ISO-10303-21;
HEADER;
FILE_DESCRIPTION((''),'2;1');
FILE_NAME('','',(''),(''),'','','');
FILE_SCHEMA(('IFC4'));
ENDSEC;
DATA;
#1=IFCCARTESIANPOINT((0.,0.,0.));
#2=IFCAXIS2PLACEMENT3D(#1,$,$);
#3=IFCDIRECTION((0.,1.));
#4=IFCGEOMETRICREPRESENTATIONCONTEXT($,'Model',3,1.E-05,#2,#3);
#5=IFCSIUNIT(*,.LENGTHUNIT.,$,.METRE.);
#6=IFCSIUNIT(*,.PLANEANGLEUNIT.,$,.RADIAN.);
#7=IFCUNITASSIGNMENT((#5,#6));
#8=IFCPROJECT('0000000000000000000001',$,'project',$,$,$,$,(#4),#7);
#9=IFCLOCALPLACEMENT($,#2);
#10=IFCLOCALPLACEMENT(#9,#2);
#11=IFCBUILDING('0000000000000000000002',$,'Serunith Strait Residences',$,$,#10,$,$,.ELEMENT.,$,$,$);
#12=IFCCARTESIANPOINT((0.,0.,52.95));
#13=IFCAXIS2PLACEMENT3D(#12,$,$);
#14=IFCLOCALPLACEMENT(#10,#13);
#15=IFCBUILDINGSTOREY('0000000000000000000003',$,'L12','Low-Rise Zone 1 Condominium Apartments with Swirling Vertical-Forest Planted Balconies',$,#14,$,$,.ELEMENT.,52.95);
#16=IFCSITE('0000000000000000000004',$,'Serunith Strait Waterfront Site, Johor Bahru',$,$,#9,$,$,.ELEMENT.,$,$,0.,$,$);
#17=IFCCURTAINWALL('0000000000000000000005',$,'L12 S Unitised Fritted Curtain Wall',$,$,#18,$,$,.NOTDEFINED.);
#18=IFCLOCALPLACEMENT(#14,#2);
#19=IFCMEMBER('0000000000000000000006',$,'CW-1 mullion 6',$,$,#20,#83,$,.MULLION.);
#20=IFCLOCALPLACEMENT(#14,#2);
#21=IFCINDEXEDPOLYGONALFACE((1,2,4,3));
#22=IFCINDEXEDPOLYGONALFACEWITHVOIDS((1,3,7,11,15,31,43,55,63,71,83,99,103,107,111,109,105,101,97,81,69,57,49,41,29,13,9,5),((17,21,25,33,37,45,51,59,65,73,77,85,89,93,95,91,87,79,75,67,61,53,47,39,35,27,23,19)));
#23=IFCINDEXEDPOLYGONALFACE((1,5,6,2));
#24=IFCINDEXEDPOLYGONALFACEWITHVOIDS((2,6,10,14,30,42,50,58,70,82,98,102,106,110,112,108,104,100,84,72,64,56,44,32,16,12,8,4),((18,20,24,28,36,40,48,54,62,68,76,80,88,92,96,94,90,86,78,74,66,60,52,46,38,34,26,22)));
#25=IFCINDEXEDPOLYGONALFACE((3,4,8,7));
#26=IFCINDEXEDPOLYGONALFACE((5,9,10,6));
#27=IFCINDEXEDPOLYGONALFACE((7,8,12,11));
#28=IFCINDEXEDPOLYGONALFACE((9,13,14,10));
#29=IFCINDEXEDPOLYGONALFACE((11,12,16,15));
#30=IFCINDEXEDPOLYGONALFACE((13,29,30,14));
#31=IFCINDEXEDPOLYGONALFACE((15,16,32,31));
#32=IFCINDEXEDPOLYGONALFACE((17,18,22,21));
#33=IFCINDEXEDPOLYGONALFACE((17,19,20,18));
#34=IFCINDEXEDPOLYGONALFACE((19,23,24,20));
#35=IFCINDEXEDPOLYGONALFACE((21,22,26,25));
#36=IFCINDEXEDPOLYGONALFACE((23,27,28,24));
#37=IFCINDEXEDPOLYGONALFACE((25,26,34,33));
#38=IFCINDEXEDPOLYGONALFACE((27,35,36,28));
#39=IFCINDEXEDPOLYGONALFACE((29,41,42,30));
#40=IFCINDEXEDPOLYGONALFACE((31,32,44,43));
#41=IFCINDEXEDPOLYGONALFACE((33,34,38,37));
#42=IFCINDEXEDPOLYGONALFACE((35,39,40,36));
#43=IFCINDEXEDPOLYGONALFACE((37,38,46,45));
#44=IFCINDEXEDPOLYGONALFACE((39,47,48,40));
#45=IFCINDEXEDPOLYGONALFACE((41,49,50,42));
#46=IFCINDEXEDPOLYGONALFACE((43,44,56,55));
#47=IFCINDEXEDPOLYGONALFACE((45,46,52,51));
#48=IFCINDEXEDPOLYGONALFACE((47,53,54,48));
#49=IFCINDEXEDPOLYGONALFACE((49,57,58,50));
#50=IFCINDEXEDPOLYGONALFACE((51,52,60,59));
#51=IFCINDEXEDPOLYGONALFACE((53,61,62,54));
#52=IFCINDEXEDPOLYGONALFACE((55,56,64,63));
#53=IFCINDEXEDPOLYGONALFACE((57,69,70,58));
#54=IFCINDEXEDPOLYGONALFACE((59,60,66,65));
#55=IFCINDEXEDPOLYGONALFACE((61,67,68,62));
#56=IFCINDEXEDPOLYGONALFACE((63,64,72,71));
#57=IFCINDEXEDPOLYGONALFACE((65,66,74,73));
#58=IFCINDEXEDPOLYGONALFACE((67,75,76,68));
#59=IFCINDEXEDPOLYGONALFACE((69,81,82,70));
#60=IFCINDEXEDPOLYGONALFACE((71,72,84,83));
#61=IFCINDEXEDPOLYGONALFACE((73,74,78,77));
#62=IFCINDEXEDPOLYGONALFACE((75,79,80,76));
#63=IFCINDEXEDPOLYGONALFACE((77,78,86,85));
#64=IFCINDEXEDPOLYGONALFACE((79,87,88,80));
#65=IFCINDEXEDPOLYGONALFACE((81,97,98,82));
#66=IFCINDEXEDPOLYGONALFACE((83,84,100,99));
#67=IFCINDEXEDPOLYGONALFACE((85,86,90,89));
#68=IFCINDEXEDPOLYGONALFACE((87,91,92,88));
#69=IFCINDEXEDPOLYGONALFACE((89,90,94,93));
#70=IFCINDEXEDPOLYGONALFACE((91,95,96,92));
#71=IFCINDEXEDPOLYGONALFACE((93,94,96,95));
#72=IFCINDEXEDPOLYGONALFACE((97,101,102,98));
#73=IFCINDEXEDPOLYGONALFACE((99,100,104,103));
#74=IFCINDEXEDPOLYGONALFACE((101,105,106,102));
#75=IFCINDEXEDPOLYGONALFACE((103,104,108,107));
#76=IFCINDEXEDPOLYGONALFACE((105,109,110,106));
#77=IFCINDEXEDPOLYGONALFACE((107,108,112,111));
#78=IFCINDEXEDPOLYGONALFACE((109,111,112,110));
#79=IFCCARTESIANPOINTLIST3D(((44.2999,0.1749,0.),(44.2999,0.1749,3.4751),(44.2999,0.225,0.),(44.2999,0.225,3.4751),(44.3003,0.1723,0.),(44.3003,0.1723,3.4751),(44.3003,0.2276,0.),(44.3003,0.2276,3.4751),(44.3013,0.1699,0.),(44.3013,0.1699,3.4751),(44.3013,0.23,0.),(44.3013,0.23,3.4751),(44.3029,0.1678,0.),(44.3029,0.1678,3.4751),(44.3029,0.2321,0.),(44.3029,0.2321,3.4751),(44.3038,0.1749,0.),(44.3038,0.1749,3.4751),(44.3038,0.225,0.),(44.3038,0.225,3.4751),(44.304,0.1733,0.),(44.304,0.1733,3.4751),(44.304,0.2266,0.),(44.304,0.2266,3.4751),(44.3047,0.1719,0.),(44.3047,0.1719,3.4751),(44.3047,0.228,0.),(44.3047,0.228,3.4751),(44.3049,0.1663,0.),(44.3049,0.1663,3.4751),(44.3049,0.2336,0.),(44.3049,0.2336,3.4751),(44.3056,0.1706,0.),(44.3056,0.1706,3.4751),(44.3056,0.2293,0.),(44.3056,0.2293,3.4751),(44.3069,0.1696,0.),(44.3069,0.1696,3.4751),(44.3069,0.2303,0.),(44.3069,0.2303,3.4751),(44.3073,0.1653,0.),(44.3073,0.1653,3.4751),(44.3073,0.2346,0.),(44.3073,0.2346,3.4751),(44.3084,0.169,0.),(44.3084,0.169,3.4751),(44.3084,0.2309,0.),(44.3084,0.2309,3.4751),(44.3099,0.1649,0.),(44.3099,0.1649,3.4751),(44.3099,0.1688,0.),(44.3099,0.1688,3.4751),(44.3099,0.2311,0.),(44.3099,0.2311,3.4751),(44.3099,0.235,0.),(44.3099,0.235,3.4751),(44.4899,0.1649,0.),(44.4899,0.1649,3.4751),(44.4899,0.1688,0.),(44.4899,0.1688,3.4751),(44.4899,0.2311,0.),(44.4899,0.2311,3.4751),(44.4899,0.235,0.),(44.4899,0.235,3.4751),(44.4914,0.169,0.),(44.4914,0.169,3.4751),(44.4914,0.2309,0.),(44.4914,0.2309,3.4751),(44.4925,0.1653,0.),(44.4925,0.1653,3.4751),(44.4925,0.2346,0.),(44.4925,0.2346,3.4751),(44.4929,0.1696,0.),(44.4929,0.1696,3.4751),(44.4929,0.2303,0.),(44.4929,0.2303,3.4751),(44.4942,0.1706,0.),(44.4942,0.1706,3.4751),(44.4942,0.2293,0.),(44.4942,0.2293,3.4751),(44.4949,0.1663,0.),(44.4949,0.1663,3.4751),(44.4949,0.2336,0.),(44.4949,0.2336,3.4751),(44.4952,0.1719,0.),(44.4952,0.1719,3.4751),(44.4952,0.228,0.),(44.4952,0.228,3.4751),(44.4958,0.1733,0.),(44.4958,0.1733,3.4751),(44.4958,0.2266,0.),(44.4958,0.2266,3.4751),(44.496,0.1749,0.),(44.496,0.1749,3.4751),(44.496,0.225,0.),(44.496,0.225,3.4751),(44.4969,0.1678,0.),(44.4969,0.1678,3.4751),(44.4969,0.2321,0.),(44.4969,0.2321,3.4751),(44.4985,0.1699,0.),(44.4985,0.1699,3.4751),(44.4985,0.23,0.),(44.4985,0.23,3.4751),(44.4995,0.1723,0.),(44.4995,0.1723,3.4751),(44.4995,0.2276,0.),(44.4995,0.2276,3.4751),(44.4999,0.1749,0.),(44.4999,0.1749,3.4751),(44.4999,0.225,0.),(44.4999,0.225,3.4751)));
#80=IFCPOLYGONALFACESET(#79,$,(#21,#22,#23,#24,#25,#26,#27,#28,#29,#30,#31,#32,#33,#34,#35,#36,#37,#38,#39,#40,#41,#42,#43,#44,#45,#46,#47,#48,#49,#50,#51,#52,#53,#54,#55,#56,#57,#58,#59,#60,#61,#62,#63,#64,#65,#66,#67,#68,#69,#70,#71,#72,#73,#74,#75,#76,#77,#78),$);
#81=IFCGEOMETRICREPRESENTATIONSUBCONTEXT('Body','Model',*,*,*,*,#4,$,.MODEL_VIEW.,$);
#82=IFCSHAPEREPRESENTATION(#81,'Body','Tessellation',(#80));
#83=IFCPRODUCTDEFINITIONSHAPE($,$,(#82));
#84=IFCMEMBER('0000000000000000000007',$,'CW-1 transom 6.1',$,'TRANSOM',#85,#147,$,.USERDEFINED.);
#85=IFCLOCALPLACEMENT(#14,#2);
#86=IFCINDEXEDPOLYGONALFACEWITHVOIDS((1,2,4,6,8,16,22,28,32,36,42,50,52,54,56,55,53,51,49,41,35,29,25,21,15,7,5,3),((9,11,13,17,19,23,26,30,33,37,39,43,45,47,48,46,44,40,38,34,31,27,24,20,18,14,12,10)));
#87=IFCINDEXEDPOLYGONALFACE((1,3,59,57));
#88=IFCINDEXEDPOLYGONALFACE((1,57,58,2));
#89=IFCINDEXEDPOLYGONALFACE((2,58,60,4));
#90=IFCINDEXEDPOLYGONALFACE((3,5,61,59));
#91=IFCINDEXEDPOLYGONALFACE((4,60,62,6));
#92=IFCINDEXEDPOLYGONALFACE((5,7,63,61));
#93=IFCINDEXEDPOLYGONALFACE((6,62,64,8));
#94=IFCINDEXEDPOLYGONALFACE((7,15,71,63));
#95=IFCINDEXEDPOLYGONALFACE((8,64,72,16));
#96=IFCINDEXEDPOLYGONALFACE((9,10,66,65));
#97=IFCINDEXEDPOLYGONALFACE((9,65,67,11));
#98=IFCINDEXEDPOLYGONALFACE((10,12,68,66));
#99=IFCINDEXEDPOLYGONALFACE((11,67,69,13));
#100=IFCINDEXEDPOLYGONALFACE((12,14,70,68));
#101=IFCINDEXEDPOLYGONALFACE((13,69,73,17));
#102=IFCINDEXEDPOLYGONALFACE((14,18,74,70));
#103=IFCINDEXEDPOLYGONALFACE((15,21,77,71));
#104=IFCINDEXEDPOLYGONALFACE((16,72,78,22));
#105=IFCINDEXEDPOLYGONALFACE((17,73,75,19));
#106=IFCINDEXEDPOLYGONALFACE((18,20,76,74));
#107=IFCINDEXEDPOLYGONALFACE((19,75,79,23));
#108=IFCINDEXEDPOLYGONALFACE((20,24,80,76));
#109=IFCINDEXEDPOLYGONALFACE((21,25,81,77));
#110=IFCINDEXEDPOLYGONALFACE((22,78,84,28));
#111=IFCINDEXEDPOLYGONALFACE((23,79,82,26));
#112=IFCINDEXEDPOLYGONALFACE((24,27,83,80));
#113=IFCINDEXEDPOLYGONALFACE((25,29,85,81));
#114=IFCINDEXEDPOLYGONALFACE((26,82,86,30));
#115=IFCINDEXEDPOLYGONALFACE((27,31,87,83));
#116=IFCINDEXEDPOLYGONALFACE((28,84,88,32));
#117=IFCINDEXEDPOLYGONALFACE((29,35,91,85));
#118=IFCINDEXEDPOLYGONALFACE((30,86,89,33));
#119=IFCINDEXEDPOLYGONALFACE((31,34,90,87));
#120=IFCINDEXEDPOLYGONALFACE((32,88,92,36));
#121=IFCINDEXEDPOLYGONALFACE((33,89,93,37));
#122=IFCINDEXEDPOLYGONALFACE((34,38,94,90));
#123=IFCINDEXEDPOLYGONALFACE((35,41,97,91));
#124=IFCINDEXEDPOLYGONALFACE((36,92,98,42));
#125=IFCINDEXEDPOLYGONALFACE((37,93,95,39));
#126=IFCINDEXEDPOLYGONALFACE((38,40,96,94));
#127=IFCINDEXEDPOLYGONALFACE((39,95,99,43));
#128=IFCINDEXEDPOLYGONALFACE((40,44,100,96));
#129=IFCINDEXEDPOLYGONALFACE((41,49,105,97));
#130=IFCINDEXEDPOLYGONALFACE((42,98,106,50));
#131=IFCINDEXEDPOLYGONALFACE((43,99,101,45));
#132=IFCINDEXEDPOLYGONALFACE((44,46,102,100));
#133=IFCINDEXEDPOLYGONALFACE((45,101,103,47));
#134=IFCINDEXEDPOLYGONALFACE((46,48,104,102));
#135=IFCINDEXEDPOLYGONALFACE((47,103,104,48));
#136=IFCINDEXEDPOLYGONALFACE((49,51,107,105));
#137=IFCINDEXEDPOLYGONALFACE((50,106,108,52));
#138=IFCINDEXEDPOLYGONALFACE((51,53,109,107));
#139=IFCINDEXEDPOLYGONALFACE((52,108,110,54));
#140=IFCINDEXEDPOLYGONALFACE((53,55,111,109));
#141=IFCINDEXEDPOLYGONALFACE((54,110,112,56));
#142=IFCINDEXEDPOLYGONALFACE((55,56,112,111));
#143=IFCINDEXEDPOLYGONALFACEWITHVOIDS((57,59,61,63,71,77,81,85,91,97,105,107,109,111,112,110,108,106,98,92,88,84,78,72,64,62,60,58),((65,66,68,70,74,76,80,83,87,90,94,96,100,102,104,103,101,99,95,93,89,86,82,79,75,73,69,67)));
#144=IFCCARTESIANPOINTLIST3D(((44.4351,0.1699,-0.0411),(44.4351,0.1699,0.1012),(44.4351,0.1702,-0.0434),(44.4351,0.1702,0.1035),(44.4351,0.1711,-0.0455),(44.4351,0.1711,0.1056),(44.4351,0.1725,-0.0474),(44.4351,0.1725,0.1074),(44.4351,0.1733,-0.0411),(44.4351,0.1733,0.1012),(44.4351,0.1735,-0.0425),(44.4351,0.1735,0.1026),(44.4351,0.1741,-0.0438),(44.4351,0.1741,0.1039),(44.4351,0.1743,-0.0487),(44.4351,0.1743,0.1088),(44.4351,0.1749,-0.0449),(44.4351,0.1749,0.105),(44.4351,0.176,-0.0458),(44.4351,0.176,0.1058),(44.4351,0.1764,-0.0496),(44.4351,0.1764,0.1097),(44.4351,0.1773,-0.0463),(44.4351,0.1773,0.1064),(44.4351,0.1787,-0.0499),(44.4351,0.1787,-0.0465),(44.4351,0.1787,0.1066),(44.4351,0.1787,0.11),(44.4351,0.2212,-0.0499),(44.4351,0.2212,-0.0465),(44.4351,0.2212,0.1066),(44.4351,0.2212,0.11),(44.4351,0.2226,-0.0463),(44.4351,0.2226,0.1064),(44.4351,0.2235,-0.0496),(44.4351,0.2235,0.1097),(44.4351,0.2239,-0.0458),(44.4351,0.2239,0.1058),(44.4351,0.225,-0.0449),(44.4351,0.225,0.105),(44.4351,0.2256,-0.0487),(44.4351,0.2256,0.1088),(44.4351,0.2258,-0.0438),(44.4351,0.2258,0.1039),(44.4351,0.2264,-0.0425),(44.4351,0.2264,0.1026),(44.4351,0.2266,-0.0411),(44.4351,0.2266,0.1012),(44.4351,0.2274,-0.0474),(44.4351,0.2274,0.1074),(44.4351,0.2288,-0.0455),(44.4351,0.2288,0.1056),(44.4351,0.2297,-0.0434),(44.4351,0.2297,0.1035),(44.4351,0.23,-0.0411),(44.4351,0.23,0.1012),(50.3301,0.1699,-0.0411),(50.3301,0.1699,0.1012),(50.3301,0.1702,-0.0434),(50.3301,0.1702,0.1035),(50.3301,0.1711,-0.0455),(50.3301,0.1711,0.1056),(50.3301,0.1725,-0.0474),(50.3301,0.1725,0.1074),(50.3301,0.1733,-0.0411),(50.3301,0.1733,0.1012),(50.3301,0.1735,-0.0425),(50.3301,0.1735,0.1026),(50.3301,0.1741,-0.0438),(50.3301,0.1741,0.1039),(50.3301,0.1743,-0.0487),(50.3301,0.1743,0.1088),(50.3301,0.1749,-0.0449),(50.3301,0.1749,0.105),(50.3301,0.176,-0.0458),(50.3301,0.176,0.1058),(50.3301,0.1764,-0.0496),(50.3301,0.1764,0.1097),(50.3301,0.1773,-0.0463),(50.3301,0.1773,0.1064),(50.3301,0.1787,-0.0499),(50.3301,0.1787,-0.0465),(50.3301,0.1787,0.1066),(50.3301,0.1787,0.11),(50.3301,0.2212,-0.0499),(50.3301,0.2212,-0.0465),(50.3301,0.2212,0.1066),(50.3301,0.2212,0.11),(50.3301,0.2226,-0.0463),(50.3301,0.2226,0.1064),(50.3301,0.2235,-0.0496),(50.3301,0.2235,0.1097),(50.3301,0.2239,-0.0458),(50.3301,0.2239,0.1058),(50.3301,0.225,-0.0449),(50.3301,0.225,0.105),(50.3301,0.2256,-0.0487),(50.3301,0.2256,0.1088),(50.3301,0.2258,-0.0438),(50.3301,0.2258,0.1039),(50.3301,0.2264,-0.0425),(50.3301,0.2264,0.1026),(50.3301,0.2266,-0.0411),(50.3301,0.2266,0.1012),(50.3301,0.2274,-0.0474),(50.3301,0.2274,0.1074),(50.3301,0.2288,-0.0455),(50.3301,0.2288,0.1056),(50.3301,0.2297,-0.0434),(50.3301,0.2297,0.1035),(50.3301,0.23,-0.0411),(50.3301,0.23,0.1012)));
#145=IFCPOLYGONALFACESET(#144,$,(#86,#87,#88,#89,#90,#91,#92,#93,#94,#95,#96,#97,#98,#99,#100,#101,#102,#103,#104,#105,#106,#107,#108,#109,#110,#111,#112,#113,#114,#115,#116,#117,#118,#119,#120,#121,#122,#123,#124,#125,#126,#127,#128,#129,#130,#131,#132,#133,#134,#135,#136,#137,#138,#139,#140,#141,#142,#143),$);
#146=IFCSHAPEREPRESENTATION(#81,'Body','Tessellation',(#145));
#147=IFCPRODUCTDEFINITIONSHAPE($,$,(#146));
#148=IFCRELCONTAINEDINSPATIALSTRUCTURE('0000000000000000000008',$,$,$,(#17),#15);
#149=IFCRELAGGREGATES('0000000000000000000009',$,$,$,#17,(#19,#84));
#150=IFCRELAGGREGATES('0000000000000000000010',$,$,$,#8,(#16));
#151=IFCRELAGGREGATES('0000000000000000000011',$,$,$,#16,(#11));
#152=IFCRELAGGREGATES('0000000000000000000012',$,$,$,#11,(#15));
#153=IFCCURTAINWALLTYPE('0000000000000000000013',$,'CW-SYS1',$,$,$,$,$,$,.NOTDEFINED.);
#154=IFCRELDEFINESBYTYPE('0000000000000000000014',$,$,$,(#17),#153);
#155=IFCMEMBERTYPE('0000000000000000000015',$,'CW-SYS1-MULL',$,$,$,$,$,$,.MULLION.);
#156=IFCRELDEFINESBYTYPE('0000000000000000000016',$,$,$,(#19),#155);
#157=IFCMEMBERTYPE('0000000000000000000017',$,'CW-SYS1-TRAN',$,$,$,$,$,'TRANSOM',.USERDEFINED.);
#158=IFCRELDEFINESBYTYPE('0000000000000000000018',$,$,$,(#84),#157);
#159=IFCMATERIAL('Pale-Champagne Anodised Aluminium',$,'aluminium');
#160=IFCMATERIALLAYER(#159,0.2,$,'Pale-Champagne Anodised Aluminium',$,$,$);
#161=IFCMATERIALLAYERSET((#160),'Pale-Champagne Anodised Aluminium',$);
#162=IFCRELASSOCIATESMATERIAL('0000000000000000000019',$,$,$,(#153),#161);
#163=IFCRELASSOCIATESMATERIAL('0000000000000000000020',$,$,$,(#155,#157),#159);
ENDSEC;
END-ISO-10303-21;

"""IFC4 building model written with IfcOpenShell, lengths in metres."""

from ifc_helpers import new_model, si_unit, direction, frame, origin, origin_2d, place, context, subcontext, project, spatial, hollow_rectangle, extrude, source, transform, mapped, material, layer, layer_set, material_profile, profile_set, type_object, element, aggregate, save


model = new_model("IFC4")

# Units and contexts
model_context = context("Model", 3, precision=1e-05, world=origin(), true_north=direction((0.0, 1.0)))
body_context = subcontext(model_context, "Body", "Model", "MODEL_VIEW")
ifc_project = project(units=[si_unit("LENGTHUNIT", "METRE"), si_unit("PLANEANGLEUNIT", "RADIAN")], contexts=[model_context])

# Site, building, storey
site_placement = place(None, origin())
site = spatial("IfcSite", under=ifc_project, at=site_placement, Name="Serunith Strait Waterfront Site, Johor Bahru", CompositionType="ELEMENT", RefElevation=0.0)
building_placement = place(site_placement, origin())
building = spatial("IfcBuilding", under=site, at=building_placement, Name="Serunith Strait Residences", CompositionType="ELEMENT")
storey_placement = place(building_placement, frame((0.0, 0.0, 52.95)))
storey = spatial("IfcBuildingStorey", under=building, at=storey_placement, Name="L12", Description="Low-Rise Zone 1 Condominium Apartments with Swirling Vertical-Forest Planted Balconies", CompositionType="ELEMENT", Elevation=52.95)

# Curtain wall, members
ifc_material_1 = material(Name="Pale-Champagne Anodised Aluminium", Category="aluminium")
ifc_layer_1 = layer(ifc_material_1, 0.2, Name="Pale-Champagne Anodised Aluminium")
ifc_layer_set_1 = layer_set([ifc_layer_1], Name="Pale-Champagne Anodised Aluminium")
curtain_wall_type = type_object("IfcCurtainWallType", Name="CW-SYS1", PredefinedType="NOTDEFINED", material=ifc_layer_set_1)
curtain_wall_placement = place(storey_placement, origin())
curtain_wall = element("IfcCurtainWall", 1, at=curtain_wall_placement, inside=storey, type_object=curtain_wall_type, Name="L12 S Unitised Fritted Curtain Wall", PredefinedType="NOTDEFINED")
ifc_material_profile_1 = material_profile(ifc_material_1, hollow_rectangle(XDim=0.0701, YDim=0.2, WallThickness=0.0039, InnerFilletRadius=0.0061, OuterFilletRadius=0.01, at=origin_2d()), Name="ALU 200x70x4")
ifc_profile_set_1 = profile_set([ifc_material_profile_1], Name="Pale-Champagne Anodised Aluminium")
member_type_1 = type_object("IfcMemberType", Name="CW-SYS1-MULL", PredefinedType="MULLION", material=ifc_profile_set_1)
shared_shape_1 = source(origin(), body_context, "Body", "SweptSolid", [
    extrude(hollow_rectangle(XDim=0.0701, YDim=0.2, WallThickness=0.0039, InnerFilletRadius=0.0061, OuterFilletRadius=0.01, at=origin_2d()), origin(), (0.0, 0.0, 1.0), 3.4751),
])
member_1_placement = place(storey_placement, frame((44.3999, 0.2, 0.0), z_axis=(0.0, 0.0, 1.0), x_axis=(0.0, 1.0, 0.0)))
member_1 = element("IfcMember", 2, at=member_1_placement, type_object=member_type_1, Name="CW-1 mullion 6", PredefinedType="MULLION", context=body_context, shape_type="MappedRepresentation", body=[
    mapped(shared_shape_1, transform((0.0, 0.0, 0.0), scale=1.0)),
])
ifc_material_profile_2 = material_profile(ifc_material_1, hollow_rectangle(XDim=0.0601, YDim=0.1599, WallThickness=0.0034, InnerFilletRadius=0.0054, OuterFilletRadius=0.0088, at=origin_2d()), Name="ALU 160x60x3.5")
ifc_profile_set_2 = profile_set([ifc_material_profile_2], Name="Pale-Champagne Anodised Aluminium")
member_type_2 = type_object("IfcMemberType", Name="CW-SYS1-TRAN", ElementType="TRANSOM", PredefinedType="USERDEFINED", material=ifc_profile_set_2)
shared_shape_2 = source(origin(), body_context, "Body", "SweptSolid", [
    extrude(hollow_rectangle(XDim=0.0601, YDim=0.1599, WallThickness=0.0034, InnerFilletRadius=0.0054, OuterFilletRadius=0.0088, at=origin_2d()), origin(), (0.0, 0.0, 1.0), 5.895),
])
member_2_placement = place(storey_placement, frame((44.4351, 0.2, 0.03), z_axis=(1.0, 0.0, 0.0), x_axis=(0.0, 1.0, 0.0)))
member_2 = element("IfcMember", 3, at=member_2_placement, type_object=member_type_2, Name="CW-1 transom 6.1", ObjectType="TRANSOM", PredefinedType="USERDEFINED", context=body_context, shape_type="MappedRepresentation", body=[
    mapped(shared_shape_2, transform((0.0, 0.0, 0.0), scale=1.0)),
])
aggregate(curtain_wall, [member_1, member_2])

save(model, "model.ifc")
